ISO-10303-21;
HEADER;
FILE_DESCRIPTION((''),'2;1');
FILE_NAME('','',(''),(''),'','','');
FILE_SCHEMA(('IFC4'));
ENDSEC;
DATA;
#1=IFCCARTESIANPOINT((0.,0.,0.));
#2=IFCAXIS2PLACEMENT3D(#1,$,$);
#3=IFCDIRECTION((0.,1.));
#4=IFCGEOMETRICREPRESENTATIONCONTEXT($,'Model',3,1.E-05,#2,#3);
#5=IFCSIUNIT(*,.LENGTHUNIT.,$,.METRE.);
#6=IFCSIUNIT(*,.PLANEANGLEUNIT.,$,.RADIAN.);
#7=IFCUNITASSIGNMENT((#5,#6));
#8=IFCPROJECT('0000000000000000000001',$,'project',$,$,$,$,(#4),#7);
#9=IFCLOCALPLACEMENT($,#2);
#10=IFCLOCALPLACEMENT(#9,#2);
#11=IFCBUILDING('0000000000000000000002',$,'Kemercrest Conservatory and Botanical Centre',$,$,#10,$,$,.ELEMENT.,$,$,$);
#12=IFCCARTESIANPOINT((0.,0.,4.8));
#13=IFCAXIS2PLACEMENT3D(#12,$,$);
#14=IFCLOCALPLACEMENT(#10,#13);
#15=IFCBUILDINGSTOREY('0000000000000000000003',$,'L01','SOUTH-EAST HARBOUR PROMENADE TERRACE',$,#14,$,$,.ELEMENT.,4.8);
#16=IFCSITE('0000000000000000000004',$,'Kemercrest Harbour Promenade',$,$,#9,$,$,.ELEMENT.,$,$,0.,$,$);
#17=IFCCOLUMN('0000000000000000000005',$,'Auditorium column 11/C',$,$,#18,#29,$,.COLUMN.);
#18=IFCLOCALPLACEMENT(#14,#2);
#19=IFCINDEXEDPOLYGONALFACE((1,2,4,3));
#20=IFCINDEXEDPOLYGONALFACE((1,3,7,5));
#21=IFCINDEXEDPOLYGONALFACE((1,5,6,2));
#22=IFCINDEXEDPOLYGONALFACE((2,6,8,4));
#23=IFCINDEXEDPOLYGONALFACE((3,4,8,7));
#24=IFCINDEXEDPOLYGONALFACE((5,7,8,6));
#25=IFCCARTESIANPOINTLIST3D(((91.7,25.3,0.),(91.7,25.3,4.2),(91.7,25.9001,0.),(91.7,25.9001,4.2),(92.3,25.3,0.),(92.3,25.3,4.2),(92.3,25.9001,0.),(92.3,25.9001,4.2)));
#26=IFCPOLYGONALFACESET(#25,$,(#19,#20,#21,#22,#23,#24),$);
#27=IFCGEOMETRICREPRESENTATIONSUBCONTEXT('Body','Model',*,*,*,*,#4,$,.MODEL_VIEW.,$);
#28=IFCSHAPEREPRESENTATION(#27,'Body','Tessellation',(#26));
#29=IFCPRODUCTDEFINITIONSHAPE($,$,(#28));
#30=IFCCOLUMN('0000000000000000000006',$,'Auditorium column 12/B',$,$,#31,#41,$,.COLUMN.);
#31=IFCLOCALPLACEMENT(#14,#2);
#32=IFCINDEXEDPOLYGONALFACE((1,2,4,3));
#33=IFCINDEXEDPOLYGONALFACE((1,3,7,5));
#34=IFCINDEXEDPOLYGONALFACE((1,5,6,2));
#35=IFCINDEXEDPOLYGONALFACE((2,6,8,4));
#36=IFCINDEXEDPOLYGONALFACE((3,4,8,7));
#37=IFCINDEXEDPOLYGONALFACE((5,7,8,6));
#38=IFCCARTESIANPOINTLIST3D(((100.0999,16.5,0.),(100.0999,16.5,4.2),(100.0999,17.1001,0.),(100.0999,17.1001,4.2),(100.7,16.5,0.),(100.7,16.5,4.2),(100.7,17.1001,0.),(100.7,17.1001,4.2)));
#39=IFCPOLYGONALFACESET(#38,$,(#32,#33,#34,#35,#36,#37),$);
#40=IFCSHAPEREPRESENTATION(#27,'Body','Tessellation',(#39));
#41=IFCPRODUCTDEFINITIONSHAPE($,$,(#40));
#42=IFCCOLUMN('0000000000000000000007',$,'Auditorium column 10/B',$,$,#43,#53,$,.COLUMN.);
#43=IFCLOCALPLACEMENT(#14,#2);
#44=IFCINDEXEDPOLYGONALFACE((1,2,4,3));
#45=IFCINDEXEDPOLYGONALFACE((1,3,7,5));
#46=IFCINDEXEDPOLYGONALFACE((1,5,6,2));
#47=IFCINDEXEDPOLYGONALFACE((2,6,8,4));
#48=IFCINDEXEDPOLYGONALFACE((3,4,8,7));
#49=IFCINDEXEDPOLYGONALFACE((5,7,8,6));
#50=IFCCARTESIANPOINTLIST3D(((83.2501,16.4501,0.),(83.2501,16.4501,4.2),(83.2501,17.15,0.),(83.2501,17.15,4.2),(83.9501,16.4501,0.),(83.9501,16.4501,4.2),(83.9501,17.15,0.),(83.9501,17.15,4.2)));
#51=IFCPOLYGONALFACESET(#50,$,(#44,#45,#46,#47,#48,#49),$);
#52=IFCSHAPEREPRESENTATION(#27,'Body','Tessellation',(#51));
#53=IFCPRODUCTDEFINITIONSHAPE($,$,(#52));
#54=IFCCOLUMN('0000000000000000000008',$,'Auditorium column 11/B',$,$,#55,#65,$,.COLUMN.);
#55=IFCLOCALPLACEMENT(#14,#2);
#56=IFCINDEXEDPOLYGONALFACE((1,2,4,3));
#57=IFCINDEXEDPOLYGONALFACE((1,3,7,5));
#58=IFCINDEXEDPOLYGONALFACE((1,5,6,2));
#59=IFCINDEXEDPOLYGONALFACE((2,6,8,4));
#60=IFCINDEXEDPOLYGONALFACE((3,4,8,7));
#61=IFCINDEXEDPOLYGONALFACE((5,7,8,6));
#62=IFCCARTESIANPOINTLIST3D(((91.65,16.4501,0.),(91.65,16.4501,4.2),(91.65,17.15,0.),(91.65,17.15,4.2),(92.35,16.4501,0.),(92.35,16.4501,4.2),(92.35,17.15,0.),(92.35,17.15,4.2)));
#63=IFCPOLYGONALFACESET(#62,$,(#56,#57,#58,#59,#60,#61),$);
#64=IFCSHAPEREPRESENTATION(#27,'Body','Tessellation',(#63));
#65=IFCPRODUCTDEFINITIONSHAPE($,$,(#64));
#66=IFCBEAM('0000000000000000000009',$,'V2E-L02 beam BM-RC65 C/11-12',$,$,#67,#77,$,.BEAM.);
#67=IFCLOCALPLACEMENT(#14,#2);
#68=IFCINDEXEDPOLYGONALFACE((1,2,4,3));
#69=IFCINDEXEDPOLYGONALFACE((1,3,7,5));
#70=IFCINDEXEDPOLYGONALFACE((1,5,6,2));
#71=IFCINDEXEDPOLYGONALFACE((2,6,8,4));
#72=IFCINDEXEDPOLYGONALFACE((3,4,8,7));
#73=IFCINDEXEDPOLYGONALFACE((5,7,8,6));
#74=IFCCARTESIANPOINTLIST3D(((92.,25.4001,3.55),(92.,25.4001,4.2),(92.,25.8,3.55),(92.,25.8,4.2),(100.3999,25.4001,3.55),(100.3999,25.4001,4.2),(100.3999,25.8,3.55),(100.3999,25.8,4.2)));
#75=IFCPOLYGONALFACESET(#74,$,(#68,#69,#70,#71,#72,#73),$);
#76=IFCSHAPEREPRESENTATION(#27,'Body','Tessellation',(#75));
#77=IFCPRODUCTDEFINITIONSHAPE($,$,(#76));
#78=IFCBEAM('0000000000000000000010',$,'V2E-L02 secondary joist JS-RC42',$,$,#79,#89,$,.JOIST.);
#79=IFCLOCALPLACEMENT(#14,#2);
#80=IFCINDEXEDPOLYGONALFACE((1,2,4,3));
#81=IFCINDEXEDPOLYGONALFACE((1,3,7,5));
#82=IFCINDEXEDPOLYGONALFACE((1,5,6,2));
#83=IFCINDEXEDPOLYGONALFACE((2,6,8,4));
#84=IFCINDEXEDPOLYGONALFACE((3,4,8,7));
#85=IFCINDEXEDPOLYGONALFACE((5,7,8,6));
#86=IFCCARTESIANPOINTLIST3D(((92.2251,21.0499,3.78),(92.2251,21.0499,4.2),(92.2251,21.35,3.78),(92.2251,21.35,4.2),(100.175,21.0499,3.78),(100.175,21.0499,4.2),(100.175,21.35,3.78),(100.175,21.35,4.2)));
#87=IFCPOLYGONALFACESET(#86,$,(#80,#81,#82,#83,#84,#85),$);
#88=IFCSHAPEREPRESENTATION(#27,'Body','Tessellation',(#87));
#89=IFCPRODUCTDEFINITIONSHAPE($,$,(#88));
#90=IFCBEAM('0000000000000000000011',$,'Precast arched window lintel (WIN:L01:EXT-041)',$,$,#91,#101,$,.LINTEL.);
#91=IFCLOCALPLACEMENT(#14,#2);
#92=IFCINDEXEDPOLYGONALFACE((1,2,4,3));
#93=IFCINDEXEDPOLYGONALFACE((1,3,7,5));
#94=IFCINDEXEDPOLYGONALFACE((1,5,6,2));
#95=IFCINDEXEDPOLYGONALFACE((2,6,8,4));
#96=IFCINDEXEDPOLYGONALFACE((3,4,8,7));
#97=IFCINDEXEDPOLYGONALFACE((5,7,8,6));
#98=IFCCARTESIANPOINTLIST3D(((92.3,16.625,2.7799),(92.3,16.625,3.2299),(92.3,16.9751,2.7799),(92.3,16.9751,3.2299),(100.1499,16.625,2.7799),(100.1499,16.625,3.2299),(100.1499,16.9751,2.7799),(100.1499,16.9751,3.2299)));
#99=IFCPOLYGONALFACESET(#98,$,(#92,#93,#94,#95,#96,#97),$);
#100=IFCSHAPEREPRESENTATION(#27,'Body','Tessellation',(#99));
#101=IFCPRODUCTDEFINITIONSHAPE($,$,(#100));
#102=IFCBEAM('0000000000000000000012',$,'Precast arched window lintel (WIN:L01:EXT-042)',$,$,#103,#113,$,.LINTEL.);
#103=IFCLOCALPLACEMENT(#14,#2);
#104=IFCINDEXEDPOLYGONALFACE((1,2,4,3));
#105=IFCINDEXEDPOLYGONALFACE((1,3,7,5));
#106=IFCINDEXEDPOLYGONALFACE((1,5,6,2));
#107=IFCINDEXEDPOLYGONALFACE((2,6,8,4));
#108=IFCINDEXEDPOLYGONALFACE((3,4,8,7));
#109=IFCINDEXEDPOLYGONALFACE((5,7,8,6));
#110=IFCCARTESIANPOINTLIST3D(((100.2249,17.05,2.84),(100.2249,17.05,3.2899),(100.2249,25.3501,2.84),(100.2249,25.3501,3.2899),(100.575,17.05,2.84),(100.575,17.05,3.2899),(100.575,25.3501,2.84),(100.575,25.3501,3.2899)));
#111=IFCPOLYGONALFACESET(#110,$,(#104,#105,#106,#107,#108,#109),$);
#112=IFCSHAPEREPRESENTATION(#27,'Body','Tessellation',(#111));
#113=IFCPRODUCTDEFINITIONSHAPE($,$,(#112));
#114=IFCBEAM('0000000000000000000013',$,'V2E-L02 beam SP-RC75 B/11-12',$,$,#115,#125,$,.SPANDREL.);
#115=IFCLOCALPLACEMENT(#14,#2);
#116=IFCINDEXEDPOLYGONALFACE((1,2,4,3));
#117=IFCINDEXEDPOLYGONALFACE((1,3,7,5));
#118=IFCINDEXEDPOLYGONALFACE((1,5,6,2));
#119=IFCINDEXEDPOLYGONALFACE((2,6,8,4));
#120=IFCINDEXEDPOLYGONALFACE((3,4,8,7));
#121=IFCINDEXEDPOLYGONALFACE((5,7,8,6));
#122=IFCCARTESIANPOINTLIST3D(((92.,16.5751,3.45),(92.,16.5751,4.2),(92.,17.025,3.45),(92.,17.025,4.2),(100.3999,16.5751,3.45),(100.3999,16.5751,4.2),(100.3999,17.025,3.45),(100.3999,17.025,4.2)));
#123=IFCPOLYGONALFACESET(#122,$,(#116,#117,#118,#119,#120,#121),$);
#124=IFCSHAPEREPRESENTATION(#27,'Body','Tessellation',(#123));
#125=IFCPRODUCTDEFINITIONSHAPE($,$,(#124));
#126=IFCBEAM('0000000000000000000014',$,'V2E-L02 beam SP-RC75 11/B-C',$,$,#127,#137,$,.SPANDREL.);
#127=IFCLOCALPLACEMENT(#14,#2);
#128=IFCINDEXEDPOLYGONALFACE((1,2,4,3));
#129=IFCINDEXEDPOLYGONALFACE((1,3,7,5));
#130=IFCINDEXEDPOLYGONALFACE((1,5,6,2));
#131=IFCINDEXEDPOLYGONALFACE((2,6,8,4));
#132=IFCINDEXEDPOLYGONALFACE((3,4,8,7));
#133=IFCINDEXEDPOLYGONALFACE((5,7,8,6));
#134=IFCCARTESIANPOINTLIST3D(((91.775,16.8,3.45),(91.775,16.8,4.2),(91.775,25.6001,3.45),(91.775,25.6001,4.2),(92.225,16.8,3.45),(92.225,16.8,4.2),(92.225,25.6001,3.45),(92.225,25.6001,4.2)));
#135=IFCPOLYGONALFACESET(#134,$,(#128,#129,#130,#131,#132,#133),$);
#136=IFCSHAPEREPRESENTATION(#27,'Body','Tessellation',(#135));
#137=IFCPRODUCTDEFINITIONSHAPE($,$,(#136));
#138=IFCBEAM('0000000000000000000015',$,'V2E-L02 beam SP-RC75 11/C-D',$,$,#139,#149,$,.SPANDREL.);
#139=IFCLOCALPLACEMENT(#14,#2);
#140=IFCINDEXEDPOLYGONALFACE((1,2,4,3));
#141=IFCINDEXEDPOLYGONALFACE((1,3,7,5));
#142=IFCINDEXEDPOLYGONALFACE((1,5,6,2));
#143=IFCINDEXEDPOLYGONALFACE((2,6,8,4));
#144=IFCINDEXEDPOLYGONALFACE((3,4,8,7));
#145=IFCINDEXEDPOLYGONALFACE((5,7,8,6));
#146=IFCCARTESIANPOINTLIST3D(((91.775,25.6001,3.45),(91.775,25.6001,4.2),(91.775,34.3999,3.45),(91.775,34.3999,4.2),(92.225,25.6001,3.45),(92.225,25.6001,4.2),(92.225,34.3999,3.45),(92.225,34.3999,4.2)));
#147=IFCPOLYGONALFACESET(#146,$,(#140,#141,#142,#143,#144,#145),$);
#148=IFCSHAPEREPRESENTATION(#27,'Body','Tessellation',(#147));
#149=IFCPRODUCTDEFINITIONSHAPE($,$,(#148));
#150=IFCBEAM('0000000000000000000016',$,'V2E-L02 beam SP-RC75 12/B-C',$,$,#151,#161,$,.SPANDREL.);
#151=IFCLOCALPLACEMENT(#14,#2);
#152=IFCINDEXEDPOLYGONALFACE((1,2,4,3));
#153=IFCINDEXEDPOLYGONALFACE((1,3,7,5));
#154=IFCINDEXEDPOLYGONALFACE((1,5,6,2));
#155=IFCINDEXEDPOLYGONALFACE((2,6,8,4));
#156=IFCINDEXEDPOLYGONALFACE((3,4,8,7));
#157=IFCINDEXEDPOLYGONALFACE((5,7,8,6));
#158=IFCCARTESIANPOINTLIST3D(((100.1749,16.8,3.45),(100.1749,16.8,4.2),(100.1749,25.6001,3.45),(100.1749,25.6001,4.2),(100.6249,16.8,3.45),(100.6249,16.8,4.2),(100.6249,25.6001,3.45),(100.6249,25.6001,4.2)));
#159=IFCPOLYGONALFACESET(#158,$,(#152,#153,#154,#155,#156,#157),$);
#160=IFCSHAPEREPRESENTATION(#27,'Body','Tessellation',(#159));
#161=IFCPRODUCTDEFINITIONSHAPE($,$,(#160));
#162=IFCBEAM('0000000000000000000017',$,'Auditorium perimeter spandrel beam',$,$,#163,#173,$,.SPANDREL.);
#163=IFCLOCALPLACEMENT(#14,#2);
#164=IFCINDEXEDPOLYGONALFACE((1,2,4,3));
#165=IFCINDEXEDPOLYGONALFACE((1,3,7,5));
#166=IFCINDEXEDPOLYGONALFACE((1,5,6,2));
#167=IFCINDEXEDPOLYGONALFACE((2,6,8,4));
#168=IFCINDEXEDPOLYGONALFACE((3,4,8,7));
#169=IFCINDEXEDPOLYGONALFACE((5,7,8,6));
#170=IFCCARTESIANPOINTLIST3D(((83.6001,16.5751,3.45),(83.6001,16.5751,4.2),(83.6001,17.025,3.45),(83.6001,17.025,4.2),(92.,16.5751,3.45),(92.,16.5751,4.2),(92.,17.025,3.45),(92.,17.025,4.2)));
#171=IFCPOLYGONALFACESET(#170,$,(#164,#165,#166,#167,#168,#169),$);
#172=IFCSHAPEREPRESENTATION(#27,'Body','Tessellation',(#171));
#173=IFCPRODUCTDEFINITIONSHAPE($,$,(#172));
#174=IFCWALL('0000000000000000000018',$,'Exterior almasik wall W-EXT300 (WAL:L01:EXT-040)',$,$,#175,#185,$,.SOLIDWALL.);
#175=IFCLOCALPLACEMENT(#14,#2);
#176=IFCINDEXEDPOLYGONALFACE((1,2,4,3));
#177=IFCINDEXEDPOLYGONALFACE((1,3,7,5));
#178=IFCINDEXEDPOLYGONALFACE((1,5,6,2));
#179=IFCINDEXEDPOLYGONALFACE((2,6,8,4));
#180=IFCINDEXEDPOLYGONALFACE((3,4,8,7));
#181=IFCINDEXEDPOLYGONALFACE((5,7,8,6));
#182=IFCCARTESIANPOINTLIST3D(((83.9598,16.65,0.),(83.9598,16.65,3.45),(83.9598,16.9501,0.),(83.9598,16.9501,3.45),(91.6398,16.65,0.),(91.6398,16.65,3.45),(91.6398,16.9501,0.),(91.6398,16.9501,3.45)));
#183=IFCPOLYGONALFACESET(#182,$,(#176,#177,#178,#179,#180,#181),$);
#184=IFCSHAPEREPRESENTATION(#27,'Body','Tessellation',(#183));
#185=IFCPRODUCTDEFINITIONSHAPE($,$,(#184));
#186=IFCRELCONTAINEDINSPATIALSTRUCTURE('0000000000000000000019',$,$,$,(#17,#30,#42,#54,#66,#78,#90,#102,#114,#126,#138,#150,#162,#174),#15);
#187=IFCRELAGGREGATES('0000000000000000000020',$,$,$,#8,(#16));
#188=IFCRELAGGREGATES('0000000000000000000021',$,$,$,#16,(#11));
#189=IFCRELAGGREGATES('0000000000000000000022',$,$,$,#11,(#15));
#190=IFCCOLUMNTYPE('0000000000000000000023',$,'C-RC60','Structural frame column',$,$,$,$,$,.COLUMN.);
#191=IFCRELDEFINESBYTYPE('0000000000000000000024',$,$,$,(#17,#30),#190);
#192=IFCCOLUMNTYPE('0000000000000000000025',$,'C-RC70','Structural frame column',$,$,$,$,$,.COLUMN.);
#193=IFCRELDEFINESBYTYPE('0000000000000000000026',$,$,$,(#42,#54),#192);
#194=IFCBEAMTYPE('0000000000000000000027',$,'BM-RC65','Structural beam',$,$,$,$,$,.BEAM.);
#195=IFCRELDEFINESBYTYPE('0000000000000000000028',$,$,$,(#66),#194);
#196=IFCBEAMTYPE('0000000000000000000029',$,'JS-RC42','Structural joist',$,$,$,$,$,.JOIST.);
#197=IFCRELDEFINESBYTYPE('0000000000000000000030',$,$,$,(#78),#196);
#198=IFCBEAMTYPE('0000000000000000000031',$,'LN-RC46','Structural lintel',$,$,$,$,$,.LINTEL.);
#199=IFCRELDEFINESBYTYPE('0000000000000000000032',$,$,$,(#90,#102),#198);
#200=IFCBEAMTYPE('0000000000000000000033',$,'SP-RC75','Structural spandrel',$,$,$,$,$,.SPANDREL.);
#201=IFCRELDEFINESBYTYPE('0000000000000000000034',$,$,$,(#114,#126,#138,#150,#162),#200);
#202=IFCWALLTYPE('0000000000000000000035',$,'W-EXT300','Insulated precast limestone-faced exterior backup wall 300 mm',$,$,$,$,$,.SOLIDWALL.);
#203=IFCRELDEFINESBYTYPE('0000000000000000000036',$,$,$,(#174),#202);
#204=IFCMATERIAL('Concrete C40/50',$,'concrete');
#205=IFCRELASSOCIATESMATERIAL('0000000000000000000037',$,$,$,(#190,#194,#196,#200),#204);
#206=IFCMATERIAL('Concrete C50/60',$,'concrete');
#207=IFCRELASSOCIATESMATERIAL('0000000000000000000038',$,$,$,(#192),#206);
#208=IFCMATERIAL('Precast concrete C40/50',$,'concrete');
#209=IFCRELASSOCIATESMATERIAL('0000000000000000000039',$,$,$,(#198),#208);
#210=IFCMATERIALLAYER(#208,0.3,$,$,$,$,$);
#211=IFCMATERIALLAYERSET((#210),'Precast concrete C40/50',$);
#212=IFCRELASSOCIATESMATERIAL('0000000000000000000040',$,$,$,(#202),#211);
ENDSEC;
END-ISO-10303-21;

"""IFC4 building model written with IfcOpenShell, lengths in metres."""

from ifc_helpers import new_model, si_unit, direction, frame, frame_2d, origin, origin_2d, place, context, subcontext, project, spatial, rectangle, extrude, material, layer, layer_set, material_profile, profile_set, type_object, element, save


model = new_model("IFC4")

# Units and contexts
model_context = context("Model", 3, precision=1e-05, world=origin(), true_north=direction((0.0, 1.0)))
body_context = subcontext(model_context, "Body", "Model", "MODEL_VIEW")
ifc_project = project(units=[si_unit("LENGTHUNIT", "METRE"), si_unit("PLANEANGLEUNIT", "RADIAN")], contexts=[model_context])

# Site, building, storey
site_placement = place(None, origin())
site = spatial("IfcSite", under=ifc_project, at=site_placement, Name="Kemercrest Harbour Promenade", CompositionType="ELEMENT", RefElevation=0.0)
building_placement = place(site_placement, origin())
building = spatial("IfcBuilding", under=site, at=building_placement, Name="Kemercrest Conservatory and Botanical Centre", CompositionType="ELEMENT")
storey_placement = place(building_placement, frame((0.0, 0.0, 4.8)))
storey = spatial("IfcBuildingStorey", under=building, at=storey_placement, Name="L01", Description="SOUTH-EAST HARBOUR PROMENADE TERRACE", CompositionType="ELEMENT", Elevation=4.8)

# Columns
ifc_material_1 = material(Name="Concrete C40/50", Category="concrete")
ifc_material_profile_1 = material_profile(ifc_material_1, rectangle(XDim=0.6001, YDim=0.6001, at=origin_2d()), Name="RC 600x600")
ifc_profile_set_1 = profile_set([ifc_material_profile_1], Name="Concrete C40/50")
column_type_1 = type_object("IfcColumnType", Name="C-RC60", Description="Structural frame column", PredefinedType="COLUMN", material=ifc_profile_set_1)
for number, where, z_axis, x_axis, name in (
    (1, (92.0, 25.6001, 0.0), (0.0, 0.0, 1.0), (1.0, 0.0, 0.0), "Auditorium column 11/C"),
    (2, (100.3999, 16.8, 0.0), (0.0, 0.0, 1.0), (1.0, 0.0, 0.0), "Auditorium column 12/B"),
):
    element("IfcColumn", number, at=place(storey_placement, frame(where, z_axis=z_axis, x_axis=x_axis)), inside=storey, type_object=column_type_1, Name=name, PredefinedType="COLUMN", context=body_context, shape_type="SweptSolid", body=[
        extrude(rectangle(XDim=0.6001, YDim=0.6001, at=origin_2d()), origin(), (0.0, 0.0, 1.0), 4.2),
    ])
ifc_material_2 = material(Name="Concrete C50/60", Category="concrete")
ifc_material_profile_2 = material_profile(ifc_material_2, rectangle(XDim=0.7, YDim=0.7, at=origin_2d()), Name="RC 700x700")
ifc_profile_set_2 = profile_set([ifc_material_profile_2], Name="Concrete C50/60")
column_type_2 = type_object("IfcColumnType", Name="C-RC70", Description="Structural frame column", PredefinedType="COLUMN", material=ifc_profile_set_2)
for number, where, z_axis, x_axis, name in (
    (3, (83.6001, 16.8, 0.0), (0.0, 0.0, 1.0), (1.0, 0.0, 0.0), "Auditorium column 10/B"),
    (4, (92.0, 16.8, 0.0), (0.0, 0.0, 1.0), (1.0, 0.0, 0.0), "Auditorium column 11/B"),
):
    element("IfcColumn", number, at=place(storey_placement, frame(where, z_axis=z_axis, x_axis=x_axis)), inside=storey, type_object=column_type_2, Name=name, PredefinedType="COLUMN", context=body_context, shape_type="SweptSolid", body=[
        extrude(rectangle(XDim=0.7, YDim=0.7, at=origin_2d()), origin(), (0.0, 0.0, 1.0), 4.2),
    ])

# Beams
ifc_material_profile_3 = material_profile(ifc_material_1, rectangle(XDim=0.3999, YDim=0.6499, at=origin_2d()), Name="RC 400x650")
ifc_profile_set_3 = profile_set([ifc_material_profile_3], Name="Concrete C40/50")
beam_type_1 = type_object("IfcBeamType", Name="BM-RC65", Description="Structural beam", PredefinedType="BEAM", material=ifc_profile_set_3)
beam_1_placement = place(storey_placement, frame((92.0, 25.6001, 3.875), z_axis=(1.0, 0.0, 0.0), x_axis=(0.0, 1.0, 0.0)))
element("IfcBeam", 5, at=beam_1_placement, inside=storey, type_object=beam_type_1, Name="V2E-L02 beam BM-RC65 C/11-12", PredefinedType="BEAM", context=body_context, shape_type="SweptSolid", body=[
    extrude(rectangle(XDim=0.3999, YDim=0.6499, at=origin_2d()), origin(), (0.0, 0.0, 1.0), 8.3999),
])
ifc_material_profile_4 = material_profile(ifc_material_1, rectangle(XDim=0.3, YDim=0.4199, at=origin_2d()), Name="RC 300x420")
ifc_profile_set_4 = profile_set([ifc_material_profile_4], Name="Concrete C40/50")
beam_type_2 = type_object("IfcBeamType", Name="JS-RC42", Description="Structural joist", PredefinedType="JOIST", material=ifc_profile_set_4)
beam_2_placement = place(storey_placement, frame((92.2251, 21.2, 3.99), z_axis=(1.0, 0.0, 0.0), x_axis=(0.0, 1.0, 0.0)))
element("IfcBeam", 6, at=beam_2_placement, inside=storey, type_object=beam_type_2, Name="V2E-L02 secondary joist JS-RC42", PredefinedType="JOIST", context=body_context, shape_type="SweptSolid", body=[
    extrude(rectangle(XDim=0.3, YDim=0.4199, at=origin_2d()), origin(), (0.0, 0.0, 1.0), 7.95),
])
ifc_material_3 = material(Name="Precast concrete C40/50", Category="concrete")
ifc_material_profile_5 = material_profile(ifc_material_3, rectangle(XDim=0.3501, YDim=0.45, at=origin_2d()), Name="RC 350x450")
ifc_profile_set_5 = profile_set([ifc_material_profile_5], Name="Precast concrete C40/50")
beam_type_3 = type_object("IfcBeamType", Name="LN-RC46", Description="Structural lintel", PredefinedType="LINTEL", material=ifc_profile_set_5)
beam_3_placement = place(storey_placement, frame((92.3, 16.8, 3.0049), z_axis=(1.0, 0.0, 0.0), x_axis=(0.0, 1.0, 0.0)))
element("IfcBeam", 7, at=beam_3_placement, inside=storey, type_object=beam_type_3, Name="Precast arched window lintel (WIN:L01:EXT-041)", PredefinedType="LINTEL", context=body_context, shape_type="SweptSolid", body=[
    extrude(rectangle(XDim=0.3501, YDim=0.45, at=origin_2d()), origin(), (0.0, 0.0, 1.0), 7.8499),
])
beam_4_placement = place(storey_placement, frame((100.3999, 17.05, 3.0649), z_axis=(0.0, 1.0, 0.0), x_axis=(-1.0, 0.0, 0.0)))
element("IfcBeam", 8, at=beam_4_placement, inside=storey, type_object=beam_type_3, Name="Precast arched window lintel (WIN:L01:EXT-042)", PredefinedType="LINTEL", context=body_context, shape_type="SweptSolid", body=[
    extrude(rectangle(XDim=0.3501, YDim=0.45, at=origin_2d()), origin(), (0.0, 0.0, 1.0), 8.3),
])
ifc_material_profile_6 = material_profile(ifc_material_1, rectangle(XDim=0.45, YDim=0.75, at=origin_2d()), Name="RC 450x750")
ifc_profile_set_6 = profile_set([ifc_material_profile_6], Name="Concrete C40/50")
beam_type_4 = type_object("IfcBeamType", Name="SP-RC75", Description="Structural spandrel", PredefinedType="SPANDREL", material=ifc_profile_set_6)
beam_5_placement = place(storey_placement, frame((92.0, 16.8, 3.825), z_axis=(1.0, 0.0, 0.0), x_axis=(0.0, 1.0, 0.0)))
element("IfcBeam", 9, at=beam_5_placement, inside=storey, type_object=beam_type_4, Name="V2E-L02 beam SP-RC75 B/11-12", PredefinedType="SPANDREL", context=body_context, shape_type="SweptSolid", body=[
    extrude(rectangle(XDim=0.45, YDim=0.75, at=origin_2d()), origin(), (0.0, 0.0, 1.0), 8.3999),
])
beam_6_placement = place(storey_placement, frame((92.0, 16.8, 3.825), z_axis=(0.0, 1.0, 0.0), x_axis=(-1.0, 0.0, 0.0)))
element("IfcBeam", 10, at=beam_6_placement, inside=storey, type_object=beam_type_4, Name="V2E-L02 beam SP-RC75 11/B-C", PredefinedType="SPANDREL", context=body_context, shape_type="SweptSolid", body=[
    extrude(rectangle(XDim=0.45, YDim=0.75, at=origin_2d()), origin(), (0.0, 0.0, 1.0), 8.8),
])
beam_7_placement = place(storey_placement, frame((92.0, 25.6001, 3.825), z_axis=(0.0, 1.0, 0.0), x_axis=(-1.0, 0.0, 0.0)))
element("IfcBeam", 11, at=beam_7_placement, inside=storey, type_object=beam_type_4, Name="V2E-L02 beam SP-RC75 11/C-D", PredefinedType="SPANDREL", context=body_context, shape_type="SweptSolid", body=[
    extrude(rectangle(XDim=0.45, YDim=0.75, at=origin_2d()), origin(), (0.0, 0.0, 1.0), 8.7998),
])
beam_8_placement = place(storey_placement, frame((100.3999, 16.8, 3.825), z_axis=(0.0, 1.0, 0.0), x_axis=(-1.0, 0.0, 0.0)))
element("IfcBeam", 12, at=beam_8_placement, inside=storey, type_object=beam_type_4, Name="V2E-L02 beam SP-RC75 12/B-C", PredefinedType="SPANDREL", context=body_context, shape_type="SweptSolid", body=[
    extrude(rectangle(XDim=0.45, YDim=0.75, at=origin_2d()), origin(), (0.0, 0.0, 1.0), 8.8),
])
beam_9_placement = place(storey_placement, frame((83.6001, 16.8, 3.825), z_axis=(1.0, 0.0, 0.0), x_axis=(0.0, 1.0, 0.0)))
element("IfcBeam", 13, at=beam_9_placement, inside=storey, type_object=beam_type_4, Name="Auditorium perimeter spandrel beam", PredefinedType="SPANDREL", context=body_context, shape_type="SweptSolid", body=[
    extrude(rectangle(XDim=0.45, YDim=0.75, at=origin_2d()), origin(), (0.0, 0.0, 1.0), 8.3999),
])

# Wall
ifc_layer = layer(ifc_material_3, 0.3)
ifc_layer_set = layer_set([ifc_layer], Name="Precast concrete C40/50")
wall_type = type_object("IfcWallType", Name="W-EXT300", Description="Insulated precast limestone-faced exterior backup wall 300 mm", PredefinedType="SOLIDWALL", material=ifc_layer_set)
for number, where, z_axis, x_axis, name in (
    (14, (83.96, 16.8, 0.0), (0.0, 0.0, 1.0), (1.0, 0.0, 0.0), "Exterior almasik wall W-EXT300 (WAL:L01:EXT-040)"),
):
    element("IfcWall", number, at=place(storey_placement, frame(where, z_axis=z_axis, x_axis=x_axis)), inside=storey, type_object=wall_type, Name=name, PredefinedType="SOLIDWALL", context=body_context, shape_type="SweptSolid", body=[
        extrude(rectangle(XDim=7.6799, YDim=0.3, at=frame_2d((3.8398, 0.0))), origin(), (0.0, 0.0, 1.0), 3.45),
    ])

save(model, "model.ifc")
